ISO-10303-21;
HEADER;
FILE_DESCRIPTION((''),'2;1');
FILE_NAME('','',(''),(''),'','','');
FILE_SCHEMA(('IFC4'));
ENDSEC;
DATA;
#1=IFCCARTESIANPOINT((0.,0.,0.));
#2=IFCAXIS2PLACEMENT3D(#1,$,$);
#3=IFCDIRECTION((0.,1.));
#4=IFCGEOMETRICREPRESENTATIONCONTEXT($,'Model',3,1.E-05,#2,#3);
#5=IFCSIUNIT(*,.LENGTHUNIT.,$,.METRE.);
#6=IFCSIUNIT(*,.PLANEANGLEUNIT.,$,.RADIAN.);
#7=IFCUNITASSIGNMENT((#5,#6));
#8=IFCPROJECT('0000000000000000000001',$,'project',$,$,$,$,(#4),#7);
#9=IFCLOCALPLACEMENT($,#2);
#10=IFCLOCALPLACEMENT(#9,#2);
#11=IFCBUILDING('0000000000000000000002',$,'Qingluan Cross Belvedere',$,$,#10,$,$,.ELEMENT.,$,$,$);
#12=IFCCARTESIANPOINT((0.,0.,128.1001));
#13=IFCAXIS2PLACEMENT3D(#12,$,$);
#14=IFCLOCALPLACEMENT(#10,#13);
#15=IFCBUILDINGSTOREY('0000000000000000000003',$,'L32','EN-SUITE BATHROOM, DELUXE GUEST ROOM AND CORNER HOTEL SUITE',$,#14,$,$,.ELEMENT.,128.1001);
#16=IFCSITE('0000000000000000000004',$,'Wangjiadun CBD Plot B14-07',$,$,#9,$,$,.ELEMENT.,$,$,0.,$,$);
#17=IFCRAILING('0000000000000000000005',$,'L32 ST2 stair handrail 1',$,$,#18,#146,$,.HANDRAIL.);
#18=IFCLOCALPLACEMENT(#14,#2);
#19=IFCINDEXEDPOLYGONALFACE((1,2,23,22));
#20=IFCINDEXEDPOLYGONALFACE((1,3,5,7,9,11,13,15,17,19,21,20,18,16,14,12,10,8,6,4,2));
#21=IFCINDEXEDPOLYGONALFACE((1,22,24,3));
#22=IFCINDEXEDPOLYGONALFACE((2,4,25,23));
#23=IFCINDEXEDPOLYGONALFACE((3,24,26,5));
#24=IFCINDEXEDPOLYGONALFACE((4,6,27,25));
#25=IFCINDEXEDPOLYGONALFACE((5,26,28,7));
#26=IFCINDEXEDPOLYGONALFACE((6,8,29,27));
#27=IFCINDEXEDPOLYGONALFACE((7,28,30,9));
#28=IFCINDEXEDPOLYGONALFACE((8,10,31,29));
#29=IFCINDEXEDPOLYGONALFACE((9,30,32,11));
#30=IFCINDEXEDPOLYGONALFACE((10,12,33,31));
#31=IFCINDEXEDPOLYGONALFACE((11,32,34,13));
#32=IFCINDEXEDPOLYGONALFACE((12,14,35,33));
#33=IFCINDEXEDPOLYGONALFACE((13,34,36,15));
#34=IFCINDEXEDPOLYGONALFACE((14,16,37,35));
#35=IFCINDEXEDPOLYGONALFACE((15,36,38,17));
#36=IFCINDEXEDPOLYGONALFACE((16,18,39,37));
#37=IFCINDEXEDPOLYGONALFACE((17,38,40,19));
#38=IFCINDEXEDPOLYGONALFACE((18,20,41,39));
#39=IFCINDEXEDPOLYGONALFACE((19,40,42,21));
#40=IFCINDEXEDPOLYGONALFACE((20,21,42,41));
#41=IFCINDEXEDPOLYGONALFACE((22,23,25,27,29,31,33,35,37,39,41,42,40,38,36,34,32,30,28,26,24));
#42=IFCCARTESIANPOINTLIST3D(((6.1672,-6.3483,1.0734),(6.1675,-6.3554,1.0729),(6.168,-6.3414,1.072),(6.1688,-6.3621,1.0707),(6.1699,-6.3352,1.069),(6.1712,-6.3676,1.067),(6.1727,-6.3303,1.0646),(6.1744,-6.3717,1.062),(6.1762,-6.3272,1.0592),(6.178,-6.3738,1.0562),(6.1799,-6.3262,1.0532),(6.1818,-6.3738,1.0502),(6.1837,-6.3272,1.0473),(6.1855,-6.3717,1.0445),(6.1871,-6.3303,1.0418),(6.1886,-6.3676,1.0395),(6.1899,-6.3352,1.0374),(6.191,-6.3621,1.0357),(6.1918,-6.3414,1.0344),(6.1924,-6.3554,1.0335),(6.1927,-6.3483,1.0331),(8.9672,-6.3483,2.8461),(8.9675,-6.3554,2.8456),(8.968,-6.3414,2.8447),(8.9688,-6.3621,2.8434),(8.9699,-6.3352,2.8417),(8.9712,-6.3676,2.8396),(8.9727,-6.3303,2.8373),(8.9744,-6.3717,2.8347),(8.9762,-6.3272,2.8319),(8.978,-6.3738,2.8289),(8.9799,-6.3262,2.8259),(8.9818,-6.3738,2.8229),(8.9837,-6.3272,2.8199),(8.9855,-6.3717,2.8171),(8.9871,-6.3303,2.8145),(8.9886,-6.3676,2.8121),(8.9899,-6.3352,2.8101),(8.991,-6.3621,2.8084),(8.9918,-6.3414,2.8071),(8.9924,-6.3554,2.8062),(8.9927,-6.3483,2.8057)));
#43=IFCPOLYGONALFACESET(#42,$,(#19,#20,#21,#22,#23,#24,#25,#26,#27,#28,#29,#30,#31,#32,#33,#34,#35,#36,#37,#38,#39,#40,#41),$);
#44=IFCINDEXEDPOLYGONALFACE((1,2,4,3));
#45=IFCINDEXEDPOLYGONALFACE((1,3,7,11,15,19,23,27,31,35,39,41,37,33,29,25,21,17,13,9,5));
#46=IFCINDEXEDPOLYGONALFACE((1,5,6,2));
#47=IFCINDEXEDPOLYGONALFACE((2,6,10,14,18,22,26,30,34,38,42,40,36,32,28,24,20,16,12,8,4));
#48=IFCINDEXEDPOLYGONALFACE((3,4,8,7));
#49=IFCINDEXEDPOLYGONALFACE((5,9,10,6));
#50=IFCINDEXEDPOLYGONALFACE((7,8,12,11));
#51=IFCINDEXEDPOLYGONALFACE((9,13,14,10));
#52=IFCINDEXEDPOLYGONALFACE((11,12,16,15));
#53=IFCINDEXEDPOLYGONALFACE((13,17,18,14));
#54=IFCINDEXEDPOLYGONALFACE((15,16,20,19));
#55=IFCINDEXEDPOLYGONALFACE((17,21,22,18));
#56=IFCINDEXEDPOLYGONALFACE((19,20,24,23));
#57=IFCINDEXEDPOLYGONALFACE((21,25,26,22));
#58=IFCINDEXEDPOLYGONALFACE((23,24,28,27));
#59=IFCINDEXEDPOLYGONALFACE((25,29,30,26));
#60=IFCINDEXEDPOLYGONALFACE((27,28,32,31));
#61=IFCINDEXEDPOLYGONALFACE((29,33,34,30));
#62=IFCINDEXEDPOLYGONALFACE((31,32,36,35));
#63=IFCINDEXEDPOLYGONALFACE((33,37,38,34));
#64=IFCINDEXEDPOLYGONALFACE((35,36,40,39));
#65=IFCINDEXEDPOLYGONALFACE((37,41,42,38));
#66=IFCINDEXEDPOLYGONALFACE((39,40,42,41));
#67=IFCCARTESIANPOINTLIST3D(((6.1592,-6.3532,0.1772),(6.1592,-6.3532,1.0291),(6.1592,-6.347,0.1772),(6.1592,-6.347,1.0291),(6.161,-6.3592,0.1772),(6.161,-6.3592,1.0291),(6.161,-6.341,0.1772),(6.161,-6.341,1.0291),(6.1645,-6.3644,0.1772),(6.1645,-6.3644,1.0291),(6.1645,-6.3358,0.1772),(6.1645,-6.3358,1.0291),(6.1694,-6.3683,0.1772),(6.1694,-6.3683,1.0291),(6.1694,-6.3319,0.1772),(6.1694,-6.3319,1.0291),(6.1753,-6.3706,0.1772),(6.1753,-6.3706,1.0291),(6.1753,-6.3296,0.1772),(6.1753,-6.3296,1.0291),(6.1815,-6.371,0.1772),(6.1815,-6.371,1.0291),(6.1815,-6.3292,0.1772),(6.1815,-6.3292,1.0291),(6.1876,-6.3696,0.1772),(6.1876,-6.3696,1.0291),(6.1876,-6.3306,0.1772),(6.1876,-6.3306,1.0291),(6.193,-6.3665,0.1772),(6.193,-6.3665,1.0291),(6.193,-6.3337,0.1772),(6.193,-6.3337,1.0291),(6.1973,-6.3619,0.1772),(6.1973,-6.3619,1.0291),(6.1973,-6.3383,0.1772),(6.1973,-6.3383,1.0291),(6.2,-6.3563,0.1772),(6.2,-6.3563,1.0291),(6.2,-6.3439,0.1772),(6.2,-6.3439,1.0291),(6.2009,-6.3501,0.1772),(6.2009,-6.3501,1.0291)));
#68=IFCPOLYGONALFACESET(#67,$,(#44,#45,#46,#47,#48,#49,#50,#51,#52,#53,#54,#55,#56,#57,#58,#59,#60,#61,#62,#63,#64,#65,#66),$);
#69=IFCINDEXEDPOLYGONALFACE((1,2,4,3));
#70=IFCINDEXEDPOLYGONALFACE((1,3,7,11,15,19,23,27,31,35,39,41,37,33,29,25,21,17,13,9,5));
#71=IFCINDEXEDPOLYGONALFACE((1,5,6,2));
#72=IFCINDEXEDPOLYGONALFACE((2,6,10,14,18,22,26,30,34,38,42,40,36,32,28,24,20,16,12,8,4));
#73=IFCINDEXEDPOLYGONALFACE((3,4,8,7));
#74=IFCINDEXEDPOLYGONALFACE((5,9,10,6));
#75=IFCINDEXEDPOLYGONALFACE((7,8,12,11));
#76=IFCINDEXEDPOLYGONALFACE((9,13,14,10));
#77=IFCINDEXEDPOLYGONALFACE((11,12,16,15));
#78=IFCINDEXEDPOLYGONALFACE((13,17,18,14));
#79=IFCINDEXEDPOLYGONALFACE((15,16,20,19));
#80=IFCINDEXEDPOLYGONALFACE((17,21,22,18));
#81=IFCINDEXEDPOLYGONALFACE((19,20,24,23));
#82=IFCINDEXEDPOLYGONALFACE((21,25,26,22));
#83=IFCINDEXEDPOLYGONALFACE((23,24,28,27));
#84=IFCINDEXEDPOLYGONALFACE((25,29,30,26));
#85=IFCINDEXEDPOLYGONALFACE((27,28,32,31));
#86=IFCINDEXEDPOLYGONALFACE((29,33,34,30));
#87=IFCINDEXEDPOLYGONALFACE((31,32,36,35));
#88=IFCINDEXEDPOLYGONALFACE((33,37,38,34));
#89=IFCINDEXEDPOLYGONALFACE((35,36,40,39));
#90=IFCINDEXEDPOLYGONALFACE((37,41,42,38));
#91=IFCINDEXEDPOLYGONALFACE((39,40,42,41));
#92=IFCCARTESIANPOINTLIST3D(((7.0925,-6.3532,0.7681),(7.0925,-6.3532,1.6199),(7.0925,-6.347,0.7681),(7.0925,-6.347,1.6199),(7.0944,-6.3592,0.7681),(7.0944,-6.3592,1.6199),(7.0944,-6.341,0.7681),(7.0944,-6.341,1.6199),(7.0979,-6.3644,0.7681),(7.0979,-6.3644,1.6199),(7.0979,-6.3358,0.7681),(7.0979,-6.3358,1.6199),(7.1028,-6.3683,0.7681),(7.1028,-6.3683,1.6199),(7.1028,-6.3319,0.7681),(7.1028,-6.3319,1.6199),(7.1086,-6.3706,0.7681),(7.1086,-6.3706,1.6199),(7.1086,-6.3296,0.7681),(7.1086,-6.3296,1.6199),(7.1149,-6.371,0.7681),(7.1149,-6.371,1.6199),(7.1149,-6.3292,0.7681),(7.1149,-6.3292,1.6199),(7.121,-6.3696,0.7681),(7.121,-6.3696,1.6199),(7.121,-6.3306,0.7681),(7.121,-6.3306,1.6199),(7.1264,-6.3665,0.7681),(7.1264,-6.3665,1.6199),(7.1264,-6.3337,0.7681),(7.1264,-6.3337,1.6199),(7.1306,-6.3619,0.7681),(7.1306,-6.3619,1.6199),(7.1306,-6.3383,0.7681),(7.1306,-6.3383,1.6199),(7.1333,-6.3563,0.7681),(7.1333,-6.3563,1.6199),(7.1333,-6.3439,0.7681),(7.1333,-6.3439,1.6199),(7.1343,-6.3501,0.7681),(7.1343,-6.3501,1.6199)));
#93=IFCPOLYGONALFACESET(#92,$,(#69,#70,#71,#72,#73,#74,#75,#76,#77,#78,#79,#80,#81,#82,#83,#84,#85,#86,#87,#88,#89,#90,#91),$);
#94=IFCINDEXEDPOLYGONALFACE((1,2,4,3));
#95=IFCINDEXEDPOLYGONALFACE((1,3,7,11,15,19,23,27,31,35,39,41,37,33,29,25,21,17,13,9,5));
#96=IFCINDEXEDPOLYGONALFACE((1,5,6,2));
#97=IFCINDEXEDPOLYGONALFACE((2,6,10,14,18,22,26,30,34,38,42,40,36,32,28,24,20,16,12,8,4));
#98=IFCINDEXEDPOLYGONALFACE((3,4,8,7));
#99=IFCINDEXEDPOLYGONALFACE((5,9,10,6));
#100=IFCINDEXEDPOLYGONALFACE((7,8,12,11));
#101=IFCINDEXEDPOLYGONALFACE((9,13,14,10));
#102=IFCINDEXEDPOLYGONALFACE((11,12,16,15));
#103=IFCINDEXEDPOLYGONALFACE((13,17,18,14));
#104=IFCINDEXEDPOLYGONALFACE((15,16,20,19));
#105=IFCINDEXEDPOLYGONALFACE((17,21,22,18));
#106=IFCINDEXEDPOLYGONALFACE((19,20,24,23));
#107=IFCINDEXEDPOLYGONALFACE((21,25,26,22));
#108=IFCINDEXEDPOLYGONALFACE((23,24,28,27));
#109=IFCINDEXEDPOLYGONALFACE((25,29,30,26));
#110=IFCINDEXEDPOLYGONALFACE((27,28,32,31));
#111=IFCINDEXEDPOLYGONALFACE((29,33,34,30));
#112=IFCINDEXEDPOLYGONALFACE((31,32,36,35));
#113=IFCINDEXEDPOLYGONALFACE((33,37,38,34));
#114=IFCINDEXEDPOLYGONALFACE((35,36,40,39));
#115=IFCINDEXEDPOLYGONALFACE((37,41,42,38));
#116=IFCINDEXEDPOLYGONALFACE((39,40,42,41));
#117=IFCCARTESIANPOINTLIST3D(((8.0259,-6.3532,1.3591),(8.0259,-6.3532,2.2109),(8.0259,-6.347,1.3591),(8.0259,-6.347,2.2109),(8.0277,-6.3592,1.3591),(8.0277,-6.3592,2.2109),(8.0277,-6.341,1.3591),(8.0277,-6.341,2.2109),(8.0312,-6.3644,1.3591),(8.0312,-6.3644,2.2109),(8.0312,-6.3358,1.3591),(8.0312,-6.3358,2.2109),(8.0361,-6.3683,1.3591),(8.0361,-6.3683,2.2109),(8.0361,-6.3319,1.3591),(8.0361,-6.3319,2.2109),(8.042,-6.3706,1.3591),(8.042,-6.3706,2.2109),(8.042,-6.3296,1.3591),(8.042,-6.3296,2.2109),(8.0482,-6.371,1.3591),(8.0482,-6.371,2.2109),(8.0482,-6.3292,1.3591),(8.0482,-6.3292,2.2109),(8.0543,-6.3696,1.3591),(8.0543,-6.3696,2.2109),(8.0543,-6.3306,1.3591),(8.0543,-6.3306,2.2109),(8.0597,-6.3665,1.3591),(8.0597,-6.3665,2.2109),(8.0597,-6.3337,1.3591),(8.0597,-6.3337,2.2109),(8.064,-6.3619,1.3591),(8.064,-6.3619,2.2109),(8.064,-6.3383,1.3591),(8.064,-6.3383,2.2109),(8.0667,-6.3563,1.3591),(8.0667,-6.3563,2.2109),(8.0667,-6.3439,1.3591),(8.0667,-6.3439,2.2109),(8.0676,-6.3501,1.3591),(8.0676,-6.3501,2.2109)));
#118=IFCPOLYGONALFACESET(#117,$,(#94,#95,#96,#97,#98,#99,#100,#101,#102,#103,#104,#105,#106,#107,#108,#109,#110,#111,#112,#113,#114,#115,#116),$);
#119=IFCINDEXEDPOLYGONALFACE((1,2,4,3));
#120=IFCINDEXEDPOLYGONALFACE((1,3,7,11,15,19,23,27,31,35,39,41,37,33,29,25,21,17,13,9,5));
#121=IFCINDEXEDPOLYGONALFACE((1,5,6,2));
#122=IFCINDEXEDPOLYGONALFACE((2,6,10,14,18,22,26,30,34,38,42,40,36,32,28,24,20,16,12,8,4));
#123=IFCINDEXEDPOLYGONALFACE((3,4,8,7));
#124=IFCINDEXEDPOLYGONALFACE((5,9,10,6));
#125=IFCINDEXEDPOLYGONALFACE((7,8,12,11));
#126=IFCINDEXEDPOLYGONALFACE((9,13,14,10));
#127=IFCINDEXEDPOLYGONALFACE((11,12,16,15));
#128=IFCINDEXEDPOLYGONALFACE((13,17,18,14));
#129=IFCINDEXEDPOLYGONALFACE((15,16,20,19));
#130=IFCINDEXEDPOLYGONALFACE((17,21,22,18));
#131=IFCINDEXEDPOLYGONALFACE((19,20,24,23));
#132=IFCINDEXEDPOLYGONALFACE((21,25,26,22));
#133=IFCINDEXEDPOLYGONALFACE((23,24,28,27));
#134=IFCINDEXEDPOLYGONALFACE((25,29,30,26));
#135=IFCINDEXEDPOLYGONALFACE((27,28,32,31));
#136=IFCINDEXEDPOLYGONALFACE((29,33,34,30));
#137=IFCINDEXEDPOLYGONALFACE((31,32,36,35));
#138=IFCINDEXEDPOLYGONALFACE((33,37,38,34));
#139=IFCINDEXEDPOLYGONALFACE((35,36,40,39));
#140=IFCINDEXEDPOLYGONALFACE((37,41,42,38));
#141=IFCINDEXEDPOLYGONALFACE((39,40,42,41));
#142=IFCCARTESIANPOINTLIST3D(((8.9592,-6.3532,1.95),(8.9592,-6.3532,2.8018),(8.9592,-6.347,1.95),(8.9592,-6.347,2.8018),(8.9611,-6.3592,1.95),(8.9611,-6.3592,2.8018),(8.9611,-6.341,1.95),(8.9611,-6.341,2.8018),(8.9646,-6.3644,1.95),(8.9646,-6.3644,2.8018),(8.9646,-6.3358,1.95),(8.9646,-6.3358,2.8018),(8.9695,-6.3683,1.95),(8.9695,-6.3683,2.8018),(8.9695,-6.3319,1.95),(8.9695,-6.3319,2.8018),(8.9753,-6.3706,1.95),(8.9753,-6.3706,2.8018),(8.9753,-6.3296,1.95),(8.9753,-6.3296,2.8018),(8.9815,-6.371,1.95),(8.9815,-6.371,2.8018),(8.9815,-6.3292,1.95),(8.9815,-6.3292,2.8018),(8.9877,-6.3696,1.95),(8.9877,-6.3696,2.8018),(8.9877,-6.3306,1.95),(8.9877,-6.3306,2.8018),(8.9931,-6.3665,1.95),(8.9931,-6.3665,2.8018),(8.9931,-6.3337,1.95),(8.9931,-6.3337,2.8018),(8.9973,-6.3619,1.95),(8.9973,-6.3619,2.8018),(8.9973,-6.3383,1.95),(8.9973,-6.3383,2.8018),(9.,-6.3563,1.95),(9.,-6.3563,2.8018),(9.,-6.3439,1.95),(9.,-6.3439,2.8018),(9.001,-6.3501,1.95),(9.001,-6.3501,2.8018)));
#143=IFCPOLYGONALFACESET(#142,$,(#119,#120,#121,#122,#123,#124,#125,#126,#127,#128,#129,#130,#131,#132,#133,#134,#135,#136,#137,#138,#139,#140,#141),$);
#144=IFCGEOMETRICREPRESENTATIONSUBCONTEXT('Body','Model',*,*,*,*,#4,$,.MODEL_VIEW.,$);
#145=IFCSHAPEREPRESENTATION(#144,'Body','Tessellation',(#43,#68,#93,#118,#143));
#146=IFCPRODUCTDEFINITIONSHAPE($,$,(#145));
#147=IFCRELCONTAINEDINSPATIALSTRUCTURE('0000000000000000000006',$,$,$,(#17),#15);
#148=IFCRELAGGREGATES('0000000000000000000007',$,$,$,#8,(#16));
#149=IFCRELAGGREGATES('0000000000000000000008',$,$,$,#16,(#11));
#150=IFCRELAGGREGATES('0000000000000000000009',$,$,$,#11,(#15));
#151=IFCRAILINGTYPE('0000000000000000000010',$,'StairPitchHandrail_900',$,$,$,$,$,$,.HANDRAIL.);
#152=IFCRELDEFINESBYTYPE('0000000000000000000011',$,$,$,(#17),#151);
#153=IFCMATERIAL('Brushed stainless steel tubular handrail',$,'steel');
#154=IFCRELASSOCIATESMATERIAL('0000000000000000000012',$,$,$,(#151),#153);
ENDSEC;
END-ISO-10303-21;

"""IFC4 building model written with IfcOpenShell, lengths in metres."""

from ifc_helpers import new_model, si_unit, direction, frame, origin, origin_2d, place, context, subcontext, project, spatial, circle, extrude, material, type_object, element, save


model = new_model("IFC4")

# Units and contexts
model_context = context("Model", 3, precision=1e-05, world=origin(), true_north=direction((0.0, 1.0)))
body_context = subcontext(model_context, "Body", "Model", "MODEL_VIEW")
ifc_project = project(units=[si_unit("LENGTHUNIT", "METRE"), si_unit("PLANEANGLEUNIT", "RADIAN")], contexts=[model_context])

# Site, building, storey
site_placement = place(None, origin())
site = spatial("IfcSite", under=ifc_project, at=site_placement, Name="Wangjiadun CBD Plot B14-07", CompositionType="ELEMENT", RefElevation=0.0)
building_placement = place(site_placement, origin())
building = spatial("IfcBuilding", under=site, at=building_placement, Name="Qingluan Cross Belvedere", CompositionType="ELEMENT")
storey_placement = place(building_placement, frame((0.0, 0.0, 128.1001)))
storey = spatial("IfcBuildingStorey", under=building, at=storey_placement, Name="L32", Description="EN-SUITE BATHROOM, DELUXE GUEST ROOM AND CORNER HOTEL SUITE", CompositionType="ELEMENT", Elevation=128.1001)

# Railing
ifc_material_1 = material(Name="Brushed stainless steel tubular handrail", Category="steel")
railing_type_1 = type_object("IfcRailingType", Name="StairPitchHandrail_900", PredefinedType="HANDRAIL", material=ifc_material_1)
railing_1_placement = place(storey_placement, frame((6.1799, -6.3501, 0.1772)))
element("IfcRailing", 1, at=railing_1_placement, inside=storey, type_object=railing_type_1, Name="L32 ST2 stair handrail 1", PredefinedType="HANDRAIL", context=body_context, shape_type="SweptSolid", body=[
    extrude(circle(Radius=0.0239, at=origin_2d()), frame((0.0, 0.0, 0.876), z_axis=(0.844909, 0.0, 0.53491), x_axis=(0.0, 1.0, 0.0)), (0.0, 0.0, 1.0), 3.314),
    extrude(circle(Radius=0.021, at=origin_2d()), origin(), (0.0, 0.0, 1.0), 0.8518),
    extrude(circle(Radius=0.021, at=origin_2d()), frame((0.9333, 0.0, 0.5908)), (0.0, 0.0, 1.0), 0.8518),
    extrude(circle(Radius=0.021, at=origin_2d()), frame((1.8667, 0.0, 1.1819)), (0.0, 0.0, 1.0), 0.8518),
    extrude(circle(Radius=0.021, at=origin_2d()), frame((2.8, 0.0, 1.7727)), (0.0, 0.0, 1.0), 0.8518),
])

save(model, "model.ifc")
